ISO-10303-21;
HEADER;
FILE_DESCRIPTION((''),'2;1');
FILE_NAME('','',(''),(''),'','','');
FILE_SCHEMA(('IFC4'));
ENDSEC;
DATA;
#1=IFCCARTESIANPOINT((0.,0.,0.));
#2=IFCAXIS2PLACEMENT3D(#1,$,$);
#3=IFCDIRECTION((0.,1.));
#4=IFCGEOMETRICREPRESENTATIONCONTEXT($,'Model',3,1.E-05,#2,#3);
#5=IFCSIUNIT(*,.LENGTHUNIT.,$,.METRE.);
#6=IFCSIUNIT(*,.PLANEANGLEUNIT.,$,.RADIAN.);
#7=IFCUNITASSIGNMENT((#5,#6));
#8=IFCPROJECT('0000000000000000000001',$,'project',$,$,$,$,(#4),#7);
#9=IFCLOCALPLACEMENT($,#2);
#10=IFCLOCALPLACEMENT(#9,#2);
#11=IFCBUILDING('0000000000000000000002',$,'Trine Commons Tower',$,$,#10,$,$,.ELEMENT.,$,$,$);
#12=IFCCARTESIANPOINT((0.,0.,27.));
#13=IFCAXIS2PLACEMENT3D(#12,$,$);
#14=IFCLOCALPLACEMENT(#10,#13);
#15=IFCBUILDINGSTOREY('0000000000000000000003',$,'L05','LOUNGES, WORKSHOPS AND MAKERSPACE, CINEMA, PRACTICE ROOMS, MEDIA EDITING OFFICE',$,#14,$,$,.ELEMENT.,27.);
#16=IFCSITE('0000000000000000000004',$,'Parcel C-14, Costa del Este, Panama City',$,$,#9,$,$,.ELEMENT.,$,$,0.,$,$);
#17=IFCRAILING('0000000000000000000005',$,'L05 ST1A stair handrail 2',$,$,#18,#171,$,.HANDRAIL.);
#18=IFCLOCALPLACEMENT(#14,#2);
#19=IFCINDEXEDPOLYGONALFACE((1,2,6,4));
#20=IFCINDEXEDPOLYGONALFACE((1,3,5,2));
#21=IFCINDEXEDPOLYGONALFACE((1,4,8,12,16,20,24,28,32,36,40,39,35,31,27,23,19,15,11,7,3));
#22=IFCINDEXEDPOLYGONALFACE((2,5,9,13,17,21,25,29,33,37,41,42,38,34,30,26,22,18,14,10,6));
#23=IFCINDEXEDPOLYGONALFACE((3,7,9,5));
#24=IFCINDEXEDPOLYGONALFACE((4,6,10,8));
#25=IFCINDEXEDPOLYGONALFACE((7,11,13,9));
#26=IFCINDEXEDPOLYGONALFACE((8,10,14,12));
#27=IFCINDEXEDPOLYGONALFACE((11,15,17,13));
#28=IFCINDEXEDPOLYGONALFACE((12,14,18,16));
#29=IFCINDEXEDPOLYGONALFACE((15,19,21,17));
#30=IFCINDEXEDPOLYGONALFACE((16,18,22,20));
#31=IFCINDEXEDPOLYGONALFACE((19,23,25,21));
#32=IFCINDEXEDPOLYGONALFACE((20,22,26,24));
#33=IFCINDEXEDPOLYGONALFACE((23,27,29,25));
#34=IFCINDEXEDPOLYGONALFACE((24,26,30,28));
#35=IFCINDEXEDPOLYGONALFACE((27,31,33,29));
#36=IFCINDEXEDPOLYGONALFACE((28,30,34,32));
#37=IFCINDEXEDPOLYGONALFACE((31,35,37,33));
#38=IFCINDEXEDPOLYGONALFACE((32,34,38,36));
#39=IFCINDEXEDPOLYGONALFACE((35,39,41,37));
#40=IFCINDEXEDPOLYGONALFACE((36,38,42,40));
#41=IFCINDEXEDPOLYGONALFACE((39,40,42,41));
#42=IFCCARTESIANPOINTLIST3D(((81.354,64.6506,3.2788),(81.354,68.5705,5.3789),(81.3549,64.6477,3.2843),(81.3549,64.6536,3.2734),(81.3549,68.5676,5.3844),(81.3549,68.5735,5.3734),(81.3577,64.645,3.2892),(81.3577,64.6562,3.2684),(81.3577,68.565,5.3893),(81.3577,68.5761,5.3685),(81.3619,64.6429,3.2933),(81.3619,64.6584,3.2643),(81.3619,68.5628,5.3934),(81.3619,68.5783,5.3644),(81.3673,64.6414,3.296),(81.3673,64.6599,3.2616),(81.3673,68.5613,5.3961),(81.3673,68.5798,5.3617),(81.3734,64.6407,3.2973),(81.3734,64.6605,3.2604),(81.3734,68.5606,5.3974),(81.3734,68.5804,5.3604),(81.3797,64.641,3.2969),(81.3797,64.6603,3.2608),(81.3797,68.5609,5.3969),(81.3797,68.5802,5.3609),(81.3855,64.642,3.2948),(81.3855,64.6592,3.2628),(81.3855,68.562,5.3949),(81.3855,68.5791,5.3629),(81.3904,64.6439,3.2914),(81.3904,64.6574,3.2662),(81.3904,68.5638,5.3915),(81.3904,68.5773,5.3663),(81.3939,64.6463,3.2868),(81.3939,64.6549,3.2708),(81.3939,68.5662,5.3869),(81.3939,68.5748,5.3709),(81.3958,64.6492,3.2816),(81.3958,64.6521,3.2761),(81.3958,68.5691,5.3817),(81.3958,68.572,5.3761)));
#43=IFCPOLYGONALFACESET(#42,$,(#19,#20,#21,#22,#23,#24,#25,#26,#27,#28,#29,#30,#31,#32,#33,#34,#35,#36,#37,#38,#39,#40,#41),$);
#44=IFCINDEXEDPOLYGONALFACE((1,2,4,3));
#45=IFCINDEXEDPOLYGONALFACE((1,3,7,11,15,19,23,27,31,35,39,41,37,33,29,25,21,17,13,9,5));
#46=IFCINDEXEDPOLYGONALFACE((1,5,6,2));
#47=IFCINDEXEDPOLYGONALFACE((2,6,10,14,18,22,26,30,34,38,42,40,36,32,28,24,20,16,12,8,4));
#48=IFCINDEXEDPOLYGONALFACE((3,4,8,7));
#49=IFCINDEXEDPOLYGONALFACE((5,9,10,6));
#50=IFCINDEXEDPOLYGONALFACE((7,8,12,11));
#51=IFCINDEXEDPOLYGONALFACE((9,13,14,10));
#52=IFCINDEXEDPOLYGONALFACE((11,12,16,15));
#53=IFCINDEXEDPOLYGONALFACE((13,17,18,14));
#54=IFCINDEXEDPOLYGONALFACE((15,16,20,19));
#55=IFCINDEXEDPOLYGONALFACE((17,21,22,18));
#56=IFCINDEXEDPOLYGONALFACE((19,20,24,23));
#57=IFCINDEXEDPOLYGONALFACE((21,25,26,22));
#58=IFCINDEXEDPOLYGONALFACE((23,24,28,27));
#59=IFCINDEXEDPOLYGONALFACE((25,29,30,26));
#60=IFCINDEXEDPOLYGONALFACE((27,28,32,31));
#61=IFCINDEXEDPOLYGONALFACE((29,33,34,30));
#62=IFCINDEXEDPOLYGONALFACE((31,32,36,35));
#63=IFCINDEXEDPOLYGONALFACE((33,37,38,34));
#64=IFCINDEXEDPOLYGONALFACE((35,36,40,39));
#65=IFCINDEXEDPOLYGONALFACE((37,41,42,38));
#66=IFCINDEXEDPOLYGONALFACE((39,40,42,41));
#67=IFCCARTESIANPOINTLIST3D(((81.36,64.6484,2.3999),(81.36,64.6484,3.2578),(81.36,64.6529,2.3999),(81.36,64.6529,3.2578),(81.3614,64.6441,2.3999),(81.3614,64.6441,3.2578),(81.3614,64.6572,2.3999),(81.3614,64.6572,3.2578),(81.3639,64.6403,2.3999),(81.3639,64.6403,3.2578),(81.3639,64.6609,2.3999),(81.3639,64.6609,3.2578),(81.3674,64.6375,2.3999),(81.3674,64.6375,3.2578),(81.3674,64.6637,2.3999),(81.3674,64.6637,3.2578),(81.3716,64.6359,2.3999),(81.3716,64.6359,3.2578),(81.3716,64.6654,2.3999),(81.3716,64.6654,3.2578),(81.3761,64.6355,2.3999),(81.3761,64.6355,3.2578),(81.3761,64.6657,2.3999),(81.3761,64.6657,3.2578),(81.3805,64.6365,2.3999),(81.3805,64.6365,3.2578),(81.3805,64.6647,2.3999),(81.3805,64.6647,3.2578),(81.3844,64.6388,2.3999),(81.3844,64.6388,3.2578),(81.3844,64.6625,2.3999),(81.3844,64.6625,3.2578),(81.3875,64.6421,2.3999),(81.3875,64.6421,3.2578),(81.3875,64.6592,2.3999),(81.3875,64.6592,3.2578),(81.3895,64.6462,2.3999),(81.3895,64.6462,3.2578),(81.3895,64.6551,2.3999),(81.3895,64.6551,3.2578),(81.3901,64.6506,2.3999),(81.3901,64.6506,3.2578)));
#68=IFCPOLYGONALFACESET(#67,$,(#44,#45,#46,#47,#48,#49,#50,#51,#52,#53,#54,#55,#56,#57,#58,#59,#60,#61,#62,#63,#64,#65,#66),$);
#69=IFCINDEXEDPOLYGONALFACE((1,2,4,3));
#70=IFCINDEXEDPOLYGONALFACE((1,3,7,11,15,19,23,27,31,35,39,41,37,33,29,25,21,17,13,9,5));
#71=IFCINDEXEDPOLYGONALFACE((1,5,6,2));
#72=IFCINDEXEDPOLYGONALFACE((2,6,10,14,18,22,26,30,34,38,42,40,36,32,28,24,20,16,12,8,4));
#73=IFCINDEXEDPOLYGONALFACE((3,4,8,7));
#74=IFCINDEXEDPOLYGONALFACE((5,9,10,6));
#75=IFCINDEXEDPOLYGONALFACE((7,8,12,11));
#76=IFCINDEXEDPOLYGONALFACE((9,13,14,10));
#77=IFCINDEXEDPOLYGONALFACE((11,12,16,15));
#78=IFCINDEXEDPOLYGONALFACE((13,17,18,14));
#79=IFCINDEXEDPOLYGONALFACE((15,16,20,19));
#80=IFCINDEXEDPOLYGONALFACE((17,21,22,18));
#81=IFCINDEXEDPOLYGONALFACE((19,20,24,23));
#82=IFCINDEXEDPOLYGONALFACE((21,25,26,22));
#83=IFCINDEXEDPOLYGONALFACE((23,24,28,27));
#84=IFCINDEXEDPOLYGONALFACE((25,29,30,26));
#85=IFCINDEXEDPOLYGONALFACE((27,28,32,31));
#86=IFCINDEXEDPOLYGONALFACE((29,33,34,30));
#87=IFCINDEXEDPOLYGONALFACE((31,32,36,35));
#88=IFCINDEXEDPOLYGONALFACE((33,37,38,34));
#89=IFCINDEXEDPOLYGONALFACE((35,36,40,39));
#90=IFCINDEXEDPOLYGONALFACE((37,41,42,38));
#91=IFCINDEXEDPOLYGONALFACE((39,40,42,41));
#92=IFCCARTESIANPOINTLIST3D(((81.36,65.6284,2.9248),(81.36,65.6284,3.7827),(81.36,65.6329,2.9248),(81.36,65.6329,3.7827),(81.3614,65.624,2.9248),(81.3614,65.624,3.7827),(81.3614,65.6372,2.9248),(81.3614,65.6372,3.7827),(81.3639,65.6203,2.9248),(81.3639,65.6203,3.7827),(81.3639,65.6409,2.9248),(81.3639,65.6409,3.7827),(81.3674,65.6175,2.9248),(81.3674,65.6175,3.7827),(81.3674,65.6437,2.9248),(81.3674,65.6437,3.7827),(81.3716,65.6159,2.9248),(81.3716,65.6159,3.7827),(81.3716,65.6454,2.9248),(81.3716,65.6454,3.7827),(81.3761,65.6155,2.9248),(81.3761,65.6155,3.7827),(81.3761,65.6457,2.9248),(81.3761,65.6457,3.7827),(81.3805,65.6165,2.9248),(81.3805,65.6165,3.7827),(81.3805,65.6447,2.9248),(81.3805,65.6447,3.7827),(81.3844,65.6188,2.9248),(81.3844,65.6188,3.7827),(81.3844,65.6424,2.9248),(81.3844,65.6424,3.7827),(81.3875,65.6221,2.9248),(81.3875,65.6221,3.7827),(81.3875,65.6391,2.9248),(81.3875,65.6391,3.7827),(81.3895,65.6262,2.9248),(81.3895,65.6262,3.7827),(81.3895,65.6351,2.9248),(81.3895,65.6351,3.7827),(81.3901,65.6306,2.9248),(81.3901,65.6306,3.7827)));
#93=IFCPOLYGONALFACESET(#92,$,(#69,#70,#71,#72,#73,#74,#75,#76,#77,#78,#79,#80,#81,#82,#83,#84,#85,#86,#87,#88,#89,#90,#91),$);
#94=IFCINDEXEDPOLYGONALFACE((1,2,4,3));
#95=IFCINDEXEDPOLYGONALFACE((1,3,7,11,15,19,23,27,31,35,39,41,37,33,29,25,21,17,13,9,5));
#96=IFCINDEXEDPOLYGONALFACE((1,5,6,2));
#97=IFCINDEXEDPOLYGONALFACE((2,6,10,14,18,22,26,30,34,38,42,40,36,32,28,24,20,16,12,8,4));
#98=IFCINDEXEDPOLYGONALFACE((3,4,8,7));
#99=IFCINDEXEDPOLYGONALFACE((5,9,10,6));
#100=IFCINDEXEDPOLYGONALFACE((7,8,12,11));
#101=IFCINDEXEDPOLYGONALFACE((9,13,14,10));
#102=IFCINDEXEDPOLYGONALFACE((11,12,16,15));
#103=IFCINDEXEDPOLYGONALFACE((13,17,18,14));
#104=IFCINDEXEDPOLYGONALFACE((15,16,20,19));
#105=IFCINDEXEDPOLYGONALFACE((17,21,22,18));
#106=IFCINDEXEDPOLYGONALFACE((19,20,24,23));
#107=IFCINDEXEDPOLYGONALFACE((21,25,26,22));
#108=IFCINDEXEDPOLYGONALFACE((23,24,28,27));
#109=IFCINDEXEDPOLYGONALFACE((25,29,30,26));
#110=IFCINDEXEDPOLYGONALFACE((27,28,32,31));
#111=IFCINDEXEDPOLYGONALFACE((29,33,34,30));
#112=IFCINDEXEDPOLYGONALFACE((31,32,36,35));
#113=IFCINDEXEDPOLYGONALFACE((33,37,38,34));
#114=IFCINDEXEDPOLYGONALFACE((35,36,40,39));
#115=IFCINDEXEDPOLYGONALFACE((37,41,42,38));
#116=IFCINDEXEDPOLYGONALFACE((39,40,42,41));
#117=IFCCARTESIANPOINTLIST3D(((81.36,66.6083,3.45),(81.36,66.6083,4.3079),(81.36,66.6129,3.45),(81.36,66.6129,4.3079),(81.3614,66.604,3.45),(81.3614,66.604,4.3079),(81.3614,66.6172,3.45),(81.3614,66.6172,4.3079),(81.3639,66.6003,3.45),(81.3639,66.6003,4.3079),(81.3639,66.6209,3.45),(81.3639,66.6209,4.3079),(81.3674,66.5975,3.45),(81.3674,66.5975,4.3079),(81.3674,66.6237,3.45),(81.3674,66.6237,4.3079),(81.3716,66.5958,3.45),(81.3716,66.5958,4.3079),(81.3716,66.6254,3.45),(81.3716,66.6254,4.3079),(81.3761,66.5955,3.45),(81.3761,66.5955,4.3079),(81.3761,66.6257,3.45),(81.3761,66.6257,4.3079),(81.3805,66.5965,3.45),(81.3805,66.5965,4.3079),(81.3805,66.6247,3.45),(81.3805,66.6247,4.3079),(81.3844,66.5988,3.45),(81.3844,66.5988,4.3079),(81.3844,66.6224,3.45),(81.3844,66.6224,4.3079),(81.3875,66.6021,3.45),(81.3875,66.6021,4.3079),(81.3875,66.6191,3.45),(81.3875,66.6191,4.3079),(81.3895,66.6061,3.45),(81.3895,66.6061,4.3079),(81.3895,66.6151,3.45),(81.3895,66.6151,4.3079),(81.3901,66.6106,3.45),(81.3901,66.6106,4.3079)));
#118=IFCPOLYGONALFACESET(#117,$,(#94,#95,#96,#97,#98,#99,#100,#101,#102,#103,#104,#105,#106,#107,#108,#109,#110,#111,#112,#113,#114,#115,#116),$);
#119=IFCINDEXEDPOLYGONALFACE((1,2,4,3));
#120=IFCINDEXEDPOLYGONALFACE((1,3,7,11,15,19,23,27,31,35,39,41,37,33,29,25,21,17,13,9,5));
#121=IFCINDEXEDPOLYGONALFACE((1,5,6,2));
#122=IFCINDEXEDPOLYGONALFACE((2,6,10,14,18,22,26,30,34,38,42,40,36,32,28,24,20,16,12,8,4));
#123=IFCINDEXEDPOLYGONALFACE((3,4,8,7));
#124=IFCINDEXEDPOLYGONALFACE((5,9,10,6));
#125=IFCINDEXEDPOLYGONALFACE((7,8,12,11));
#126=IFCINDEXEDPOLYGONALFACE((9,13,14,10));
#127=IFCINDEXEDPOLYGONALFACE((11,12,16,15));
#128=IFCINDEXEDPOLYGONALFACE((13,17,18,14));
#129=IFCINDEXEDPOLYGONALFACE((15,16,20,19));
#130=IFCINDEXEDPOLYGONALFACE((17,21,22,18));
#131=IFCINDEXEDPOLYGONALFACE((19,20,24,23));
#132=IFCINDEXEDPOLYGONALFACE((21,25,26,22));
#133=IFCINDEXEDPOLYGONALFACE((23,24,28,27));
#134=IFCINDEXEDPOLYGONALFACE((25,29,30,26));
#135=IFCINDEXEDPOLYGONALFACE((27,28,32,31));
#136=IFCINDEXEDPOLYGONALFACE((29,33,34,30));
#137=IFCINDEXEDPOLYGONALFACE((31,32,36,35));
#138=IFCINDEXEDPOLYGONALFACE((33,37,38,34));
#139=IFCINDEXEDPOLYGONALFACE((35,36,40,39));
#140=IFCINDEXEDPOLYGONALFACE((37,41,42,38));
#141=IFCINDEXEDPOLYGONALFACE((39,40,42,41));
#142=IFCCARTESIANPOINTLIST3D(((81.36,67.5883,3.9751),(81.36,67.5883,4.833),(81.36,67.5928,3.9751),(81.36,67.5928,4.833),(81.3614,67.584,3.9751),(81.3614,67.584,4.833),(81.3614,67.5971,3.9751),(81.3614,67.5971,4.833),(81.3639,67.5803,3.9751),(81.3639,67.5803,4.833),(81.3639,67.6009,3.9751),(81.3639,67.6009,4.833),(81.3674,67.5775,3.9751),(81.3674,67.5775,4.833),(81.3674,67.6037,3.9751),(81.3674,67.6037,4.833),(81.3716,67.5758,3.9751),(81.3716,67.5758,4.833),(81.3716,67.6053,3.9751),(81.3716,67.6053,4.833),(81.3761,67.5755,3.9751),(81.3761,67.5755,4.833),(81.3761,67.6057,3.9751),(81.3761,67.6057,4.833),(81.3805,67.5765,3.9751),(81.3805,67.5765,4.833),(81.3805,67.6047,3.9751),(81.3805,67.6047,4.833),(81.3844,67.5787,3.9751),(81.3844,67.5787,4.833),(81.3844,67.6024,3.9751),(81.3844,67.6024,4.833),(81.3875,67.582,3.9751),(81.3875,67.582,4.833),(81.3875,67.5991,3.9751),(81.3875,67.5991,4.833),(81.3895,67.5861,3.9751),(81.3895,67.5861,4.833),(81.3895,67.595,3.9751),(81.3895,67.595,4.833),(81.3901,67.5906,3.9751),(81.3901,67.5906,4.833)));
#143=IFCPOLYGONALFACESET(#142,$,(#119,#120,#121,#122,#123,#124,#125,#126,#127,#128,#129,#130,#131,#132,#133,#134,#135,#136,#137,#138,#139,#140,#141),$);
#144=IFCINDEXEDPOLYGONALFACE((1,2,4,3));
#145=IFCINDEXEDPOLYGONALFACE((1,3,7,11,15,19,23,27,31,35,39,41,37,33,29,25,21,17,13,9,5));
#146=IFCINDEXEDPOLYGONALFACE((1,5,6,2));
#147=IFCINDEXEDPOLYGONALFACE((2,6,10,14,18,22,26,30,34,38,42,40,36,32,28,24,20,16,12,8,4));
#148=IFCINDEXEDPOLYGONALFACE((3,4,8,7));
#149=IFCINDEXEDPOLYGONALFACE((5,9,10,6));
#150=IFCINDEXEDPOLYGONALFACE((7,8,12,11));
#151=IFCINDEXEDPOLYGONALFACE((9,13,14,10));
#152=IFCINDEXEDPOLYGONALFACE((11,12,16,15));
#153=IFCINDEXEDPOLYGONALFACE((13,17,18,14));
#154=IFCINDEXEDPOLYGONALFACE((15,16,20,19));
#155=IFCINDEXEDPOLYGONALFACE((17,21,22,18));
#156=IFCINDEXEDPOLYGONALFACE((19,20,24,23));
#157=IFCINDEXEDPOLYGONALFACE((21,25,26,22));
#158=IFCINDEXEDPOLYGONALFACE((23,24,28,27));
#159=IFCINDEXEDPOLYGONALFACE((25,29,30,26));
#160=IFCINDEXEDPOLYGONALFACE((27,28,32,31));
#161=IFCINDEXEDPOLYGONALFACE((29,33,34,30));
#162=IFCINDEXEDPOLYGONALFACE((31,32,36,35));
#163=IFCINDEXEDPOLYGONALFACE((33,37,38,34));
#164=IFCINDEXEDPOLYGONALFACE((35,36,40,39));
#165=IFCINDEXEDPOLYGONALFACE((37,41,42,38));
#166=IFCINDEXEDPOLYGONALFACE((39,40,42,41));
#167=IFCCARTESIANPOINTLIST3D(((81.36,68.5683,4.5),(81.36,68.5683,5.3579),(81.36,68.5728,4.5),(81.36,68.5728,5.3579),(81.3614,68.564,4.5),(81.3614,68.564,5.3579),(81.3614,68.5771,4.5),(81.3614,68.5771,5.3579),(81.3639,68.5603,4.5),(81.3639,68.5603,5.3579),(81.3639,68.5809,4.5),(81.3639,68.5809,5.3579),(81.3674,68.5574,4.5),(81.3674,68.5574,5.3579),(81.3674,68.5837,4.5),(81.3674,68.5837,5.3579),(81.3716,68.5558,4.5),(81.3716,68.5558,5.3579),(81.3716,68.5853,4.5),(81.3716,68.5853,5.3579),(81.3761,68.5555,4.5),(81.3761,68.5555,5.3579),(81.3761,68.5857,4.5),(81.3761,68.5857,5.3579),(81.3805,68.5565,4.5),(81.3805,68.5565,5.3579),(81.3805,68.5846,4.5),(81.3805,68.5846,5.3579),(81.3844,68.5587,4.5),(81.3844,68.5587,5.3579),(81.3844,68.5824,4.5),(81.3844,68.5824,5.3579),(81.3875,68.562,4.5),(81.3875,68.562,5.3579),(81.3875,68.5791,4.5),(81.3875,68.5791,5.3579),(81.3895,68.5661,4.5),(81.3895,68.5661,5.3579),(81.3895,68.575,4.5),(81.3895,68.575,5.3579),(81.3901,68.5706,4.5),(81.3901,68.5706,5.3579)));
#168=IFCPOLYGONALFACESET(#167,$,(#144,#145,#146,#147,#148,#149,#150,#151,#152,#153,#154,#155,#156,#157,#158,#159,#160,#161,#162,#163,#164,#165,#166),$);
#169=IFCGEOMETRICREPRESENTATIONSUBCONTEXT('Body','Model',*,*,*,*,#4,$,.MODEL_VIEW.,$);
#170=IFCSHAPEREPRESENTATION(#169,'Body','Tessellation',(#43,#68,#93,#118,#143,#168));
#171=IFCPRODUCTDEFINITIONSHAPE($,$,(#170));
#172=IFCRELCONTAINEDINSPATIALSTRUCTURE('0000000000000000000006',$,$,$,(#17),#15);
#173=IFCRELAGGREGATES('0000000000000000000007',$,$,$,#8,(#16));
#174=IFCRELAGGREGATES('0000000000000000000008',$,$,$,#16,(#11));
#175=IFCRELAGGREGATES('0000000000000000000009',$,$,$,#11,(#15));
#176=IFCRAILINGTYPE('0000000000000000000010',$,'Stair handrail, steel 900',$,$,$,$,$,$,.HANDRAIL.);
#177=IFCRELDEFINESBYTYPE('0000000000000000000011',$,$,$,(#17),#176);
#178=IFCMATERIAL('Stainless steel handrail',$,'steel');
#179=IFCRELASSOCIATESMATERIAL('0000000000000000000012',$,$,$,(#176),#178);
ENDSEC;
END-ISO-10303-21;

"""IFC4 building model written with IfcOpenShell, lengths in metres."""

from ifc_helpers import new_model, si_unit, direction, frame, origin, origin_2d, place, context, subcontext, project, spatial, circle, extrude, material, type_object, element, save


model = new_model("IFC4")

# Units and contexts
model_context = context("Model", 3, precision=1e-05, world=origin(), true_north=direction((0.0, 1.0)))
body_context = subcontext(model_context, "Body", "Model", "MODEL_VIEW")
ifc_project = project(units=[si_unit("LENGTHUNIT", "METRE"), si_unit("PLANEANGLEUNIT", "RADIAN")], contexts=[model_context])

# Site, building, storey
site_placement = place(None, origin())
site = spatial("IfcSite", under=ifc_project, at=site_placement, Name="Parcel C-14, Costa del Este, Panama City", CompositionType="ELEMENT", RefElevation=0.0)
building_placement = place(site_placement, origin())
building = spatial("IfcBuilding", under=site, at=building_placement, Name="Trine Commons Tower", CompositionType="ELEMENT")
storey_placement = place(building_placement, frame((0.0, 0.0, 27.0)))
storey = spatial("IfcBuildingStorey", under=building, at=storey_placement, Name="L05", Description="LOUNGES, WORKSHOPS AND MAKERSPACE, CINEMA, PRACTICE ROOMS, MEDIA EDITING OFFICE", CompositionType="ELEMENT", Elevation=27.0)

# Railing
ifc_material_1 = material(Name="Stainless steel handrail", Category="steel")
railing_type_1 = type_object("IfcRailingType", Name="Stair handrail, steel 900", PredefinedType="HANDRAIL", material=ifc_material_1)
railing_1_placement = place(storey_placement, frame((81.375, 64.6506, 2.3999)))
element("IfcRailing", 1, at=railing_1_placement, inside=storey, type_object=railing_type_1, Name="L05 ST1A stair handrail 2", PredefinedType="HANDRAIL", context=body_context, shape_type="SweptSolid", body=[
    extrude(circle(Radius=0.021, at=origin_2d()), frame((0.0, 0.0, 0.8789), z_axis=(0.0, 0.881467, 0.472246), x_axis=(-1.0, 0.0, 0.0)), (0.0, 0.0, 1.0), 4.447),
    extrude(circle(Radius=0.0151, at=origin_2d()), origin(), (0.0, 0.0, 1.0), 0.8579),
    extrude(circle(Radius=0.0151, at=origin_2d()), frame((0.0, 0.98, 0.5249)), (0.0, 0.0, 1.0), 0.8579),
    extrude(circle(Radius=0.0151, at=origin_2d()), frame((0.0, 1.96, 1.05)), (0.0, 0.0, 1.0), 0.8579),
    extrude(circle(Radius=0.0151, at=origin_2d()), frame((0.0, 2.9399, 1.5752)), (0.0, 0.0, 1.0), 0.8579),
    extrude(circle(Radius=0.0151, at=origin_2d()), frame((0.0, 3.9199, 2.1001)), (0.0, 0.0, 1.0), 0.8579),
])

save(model, "model.ifc")
